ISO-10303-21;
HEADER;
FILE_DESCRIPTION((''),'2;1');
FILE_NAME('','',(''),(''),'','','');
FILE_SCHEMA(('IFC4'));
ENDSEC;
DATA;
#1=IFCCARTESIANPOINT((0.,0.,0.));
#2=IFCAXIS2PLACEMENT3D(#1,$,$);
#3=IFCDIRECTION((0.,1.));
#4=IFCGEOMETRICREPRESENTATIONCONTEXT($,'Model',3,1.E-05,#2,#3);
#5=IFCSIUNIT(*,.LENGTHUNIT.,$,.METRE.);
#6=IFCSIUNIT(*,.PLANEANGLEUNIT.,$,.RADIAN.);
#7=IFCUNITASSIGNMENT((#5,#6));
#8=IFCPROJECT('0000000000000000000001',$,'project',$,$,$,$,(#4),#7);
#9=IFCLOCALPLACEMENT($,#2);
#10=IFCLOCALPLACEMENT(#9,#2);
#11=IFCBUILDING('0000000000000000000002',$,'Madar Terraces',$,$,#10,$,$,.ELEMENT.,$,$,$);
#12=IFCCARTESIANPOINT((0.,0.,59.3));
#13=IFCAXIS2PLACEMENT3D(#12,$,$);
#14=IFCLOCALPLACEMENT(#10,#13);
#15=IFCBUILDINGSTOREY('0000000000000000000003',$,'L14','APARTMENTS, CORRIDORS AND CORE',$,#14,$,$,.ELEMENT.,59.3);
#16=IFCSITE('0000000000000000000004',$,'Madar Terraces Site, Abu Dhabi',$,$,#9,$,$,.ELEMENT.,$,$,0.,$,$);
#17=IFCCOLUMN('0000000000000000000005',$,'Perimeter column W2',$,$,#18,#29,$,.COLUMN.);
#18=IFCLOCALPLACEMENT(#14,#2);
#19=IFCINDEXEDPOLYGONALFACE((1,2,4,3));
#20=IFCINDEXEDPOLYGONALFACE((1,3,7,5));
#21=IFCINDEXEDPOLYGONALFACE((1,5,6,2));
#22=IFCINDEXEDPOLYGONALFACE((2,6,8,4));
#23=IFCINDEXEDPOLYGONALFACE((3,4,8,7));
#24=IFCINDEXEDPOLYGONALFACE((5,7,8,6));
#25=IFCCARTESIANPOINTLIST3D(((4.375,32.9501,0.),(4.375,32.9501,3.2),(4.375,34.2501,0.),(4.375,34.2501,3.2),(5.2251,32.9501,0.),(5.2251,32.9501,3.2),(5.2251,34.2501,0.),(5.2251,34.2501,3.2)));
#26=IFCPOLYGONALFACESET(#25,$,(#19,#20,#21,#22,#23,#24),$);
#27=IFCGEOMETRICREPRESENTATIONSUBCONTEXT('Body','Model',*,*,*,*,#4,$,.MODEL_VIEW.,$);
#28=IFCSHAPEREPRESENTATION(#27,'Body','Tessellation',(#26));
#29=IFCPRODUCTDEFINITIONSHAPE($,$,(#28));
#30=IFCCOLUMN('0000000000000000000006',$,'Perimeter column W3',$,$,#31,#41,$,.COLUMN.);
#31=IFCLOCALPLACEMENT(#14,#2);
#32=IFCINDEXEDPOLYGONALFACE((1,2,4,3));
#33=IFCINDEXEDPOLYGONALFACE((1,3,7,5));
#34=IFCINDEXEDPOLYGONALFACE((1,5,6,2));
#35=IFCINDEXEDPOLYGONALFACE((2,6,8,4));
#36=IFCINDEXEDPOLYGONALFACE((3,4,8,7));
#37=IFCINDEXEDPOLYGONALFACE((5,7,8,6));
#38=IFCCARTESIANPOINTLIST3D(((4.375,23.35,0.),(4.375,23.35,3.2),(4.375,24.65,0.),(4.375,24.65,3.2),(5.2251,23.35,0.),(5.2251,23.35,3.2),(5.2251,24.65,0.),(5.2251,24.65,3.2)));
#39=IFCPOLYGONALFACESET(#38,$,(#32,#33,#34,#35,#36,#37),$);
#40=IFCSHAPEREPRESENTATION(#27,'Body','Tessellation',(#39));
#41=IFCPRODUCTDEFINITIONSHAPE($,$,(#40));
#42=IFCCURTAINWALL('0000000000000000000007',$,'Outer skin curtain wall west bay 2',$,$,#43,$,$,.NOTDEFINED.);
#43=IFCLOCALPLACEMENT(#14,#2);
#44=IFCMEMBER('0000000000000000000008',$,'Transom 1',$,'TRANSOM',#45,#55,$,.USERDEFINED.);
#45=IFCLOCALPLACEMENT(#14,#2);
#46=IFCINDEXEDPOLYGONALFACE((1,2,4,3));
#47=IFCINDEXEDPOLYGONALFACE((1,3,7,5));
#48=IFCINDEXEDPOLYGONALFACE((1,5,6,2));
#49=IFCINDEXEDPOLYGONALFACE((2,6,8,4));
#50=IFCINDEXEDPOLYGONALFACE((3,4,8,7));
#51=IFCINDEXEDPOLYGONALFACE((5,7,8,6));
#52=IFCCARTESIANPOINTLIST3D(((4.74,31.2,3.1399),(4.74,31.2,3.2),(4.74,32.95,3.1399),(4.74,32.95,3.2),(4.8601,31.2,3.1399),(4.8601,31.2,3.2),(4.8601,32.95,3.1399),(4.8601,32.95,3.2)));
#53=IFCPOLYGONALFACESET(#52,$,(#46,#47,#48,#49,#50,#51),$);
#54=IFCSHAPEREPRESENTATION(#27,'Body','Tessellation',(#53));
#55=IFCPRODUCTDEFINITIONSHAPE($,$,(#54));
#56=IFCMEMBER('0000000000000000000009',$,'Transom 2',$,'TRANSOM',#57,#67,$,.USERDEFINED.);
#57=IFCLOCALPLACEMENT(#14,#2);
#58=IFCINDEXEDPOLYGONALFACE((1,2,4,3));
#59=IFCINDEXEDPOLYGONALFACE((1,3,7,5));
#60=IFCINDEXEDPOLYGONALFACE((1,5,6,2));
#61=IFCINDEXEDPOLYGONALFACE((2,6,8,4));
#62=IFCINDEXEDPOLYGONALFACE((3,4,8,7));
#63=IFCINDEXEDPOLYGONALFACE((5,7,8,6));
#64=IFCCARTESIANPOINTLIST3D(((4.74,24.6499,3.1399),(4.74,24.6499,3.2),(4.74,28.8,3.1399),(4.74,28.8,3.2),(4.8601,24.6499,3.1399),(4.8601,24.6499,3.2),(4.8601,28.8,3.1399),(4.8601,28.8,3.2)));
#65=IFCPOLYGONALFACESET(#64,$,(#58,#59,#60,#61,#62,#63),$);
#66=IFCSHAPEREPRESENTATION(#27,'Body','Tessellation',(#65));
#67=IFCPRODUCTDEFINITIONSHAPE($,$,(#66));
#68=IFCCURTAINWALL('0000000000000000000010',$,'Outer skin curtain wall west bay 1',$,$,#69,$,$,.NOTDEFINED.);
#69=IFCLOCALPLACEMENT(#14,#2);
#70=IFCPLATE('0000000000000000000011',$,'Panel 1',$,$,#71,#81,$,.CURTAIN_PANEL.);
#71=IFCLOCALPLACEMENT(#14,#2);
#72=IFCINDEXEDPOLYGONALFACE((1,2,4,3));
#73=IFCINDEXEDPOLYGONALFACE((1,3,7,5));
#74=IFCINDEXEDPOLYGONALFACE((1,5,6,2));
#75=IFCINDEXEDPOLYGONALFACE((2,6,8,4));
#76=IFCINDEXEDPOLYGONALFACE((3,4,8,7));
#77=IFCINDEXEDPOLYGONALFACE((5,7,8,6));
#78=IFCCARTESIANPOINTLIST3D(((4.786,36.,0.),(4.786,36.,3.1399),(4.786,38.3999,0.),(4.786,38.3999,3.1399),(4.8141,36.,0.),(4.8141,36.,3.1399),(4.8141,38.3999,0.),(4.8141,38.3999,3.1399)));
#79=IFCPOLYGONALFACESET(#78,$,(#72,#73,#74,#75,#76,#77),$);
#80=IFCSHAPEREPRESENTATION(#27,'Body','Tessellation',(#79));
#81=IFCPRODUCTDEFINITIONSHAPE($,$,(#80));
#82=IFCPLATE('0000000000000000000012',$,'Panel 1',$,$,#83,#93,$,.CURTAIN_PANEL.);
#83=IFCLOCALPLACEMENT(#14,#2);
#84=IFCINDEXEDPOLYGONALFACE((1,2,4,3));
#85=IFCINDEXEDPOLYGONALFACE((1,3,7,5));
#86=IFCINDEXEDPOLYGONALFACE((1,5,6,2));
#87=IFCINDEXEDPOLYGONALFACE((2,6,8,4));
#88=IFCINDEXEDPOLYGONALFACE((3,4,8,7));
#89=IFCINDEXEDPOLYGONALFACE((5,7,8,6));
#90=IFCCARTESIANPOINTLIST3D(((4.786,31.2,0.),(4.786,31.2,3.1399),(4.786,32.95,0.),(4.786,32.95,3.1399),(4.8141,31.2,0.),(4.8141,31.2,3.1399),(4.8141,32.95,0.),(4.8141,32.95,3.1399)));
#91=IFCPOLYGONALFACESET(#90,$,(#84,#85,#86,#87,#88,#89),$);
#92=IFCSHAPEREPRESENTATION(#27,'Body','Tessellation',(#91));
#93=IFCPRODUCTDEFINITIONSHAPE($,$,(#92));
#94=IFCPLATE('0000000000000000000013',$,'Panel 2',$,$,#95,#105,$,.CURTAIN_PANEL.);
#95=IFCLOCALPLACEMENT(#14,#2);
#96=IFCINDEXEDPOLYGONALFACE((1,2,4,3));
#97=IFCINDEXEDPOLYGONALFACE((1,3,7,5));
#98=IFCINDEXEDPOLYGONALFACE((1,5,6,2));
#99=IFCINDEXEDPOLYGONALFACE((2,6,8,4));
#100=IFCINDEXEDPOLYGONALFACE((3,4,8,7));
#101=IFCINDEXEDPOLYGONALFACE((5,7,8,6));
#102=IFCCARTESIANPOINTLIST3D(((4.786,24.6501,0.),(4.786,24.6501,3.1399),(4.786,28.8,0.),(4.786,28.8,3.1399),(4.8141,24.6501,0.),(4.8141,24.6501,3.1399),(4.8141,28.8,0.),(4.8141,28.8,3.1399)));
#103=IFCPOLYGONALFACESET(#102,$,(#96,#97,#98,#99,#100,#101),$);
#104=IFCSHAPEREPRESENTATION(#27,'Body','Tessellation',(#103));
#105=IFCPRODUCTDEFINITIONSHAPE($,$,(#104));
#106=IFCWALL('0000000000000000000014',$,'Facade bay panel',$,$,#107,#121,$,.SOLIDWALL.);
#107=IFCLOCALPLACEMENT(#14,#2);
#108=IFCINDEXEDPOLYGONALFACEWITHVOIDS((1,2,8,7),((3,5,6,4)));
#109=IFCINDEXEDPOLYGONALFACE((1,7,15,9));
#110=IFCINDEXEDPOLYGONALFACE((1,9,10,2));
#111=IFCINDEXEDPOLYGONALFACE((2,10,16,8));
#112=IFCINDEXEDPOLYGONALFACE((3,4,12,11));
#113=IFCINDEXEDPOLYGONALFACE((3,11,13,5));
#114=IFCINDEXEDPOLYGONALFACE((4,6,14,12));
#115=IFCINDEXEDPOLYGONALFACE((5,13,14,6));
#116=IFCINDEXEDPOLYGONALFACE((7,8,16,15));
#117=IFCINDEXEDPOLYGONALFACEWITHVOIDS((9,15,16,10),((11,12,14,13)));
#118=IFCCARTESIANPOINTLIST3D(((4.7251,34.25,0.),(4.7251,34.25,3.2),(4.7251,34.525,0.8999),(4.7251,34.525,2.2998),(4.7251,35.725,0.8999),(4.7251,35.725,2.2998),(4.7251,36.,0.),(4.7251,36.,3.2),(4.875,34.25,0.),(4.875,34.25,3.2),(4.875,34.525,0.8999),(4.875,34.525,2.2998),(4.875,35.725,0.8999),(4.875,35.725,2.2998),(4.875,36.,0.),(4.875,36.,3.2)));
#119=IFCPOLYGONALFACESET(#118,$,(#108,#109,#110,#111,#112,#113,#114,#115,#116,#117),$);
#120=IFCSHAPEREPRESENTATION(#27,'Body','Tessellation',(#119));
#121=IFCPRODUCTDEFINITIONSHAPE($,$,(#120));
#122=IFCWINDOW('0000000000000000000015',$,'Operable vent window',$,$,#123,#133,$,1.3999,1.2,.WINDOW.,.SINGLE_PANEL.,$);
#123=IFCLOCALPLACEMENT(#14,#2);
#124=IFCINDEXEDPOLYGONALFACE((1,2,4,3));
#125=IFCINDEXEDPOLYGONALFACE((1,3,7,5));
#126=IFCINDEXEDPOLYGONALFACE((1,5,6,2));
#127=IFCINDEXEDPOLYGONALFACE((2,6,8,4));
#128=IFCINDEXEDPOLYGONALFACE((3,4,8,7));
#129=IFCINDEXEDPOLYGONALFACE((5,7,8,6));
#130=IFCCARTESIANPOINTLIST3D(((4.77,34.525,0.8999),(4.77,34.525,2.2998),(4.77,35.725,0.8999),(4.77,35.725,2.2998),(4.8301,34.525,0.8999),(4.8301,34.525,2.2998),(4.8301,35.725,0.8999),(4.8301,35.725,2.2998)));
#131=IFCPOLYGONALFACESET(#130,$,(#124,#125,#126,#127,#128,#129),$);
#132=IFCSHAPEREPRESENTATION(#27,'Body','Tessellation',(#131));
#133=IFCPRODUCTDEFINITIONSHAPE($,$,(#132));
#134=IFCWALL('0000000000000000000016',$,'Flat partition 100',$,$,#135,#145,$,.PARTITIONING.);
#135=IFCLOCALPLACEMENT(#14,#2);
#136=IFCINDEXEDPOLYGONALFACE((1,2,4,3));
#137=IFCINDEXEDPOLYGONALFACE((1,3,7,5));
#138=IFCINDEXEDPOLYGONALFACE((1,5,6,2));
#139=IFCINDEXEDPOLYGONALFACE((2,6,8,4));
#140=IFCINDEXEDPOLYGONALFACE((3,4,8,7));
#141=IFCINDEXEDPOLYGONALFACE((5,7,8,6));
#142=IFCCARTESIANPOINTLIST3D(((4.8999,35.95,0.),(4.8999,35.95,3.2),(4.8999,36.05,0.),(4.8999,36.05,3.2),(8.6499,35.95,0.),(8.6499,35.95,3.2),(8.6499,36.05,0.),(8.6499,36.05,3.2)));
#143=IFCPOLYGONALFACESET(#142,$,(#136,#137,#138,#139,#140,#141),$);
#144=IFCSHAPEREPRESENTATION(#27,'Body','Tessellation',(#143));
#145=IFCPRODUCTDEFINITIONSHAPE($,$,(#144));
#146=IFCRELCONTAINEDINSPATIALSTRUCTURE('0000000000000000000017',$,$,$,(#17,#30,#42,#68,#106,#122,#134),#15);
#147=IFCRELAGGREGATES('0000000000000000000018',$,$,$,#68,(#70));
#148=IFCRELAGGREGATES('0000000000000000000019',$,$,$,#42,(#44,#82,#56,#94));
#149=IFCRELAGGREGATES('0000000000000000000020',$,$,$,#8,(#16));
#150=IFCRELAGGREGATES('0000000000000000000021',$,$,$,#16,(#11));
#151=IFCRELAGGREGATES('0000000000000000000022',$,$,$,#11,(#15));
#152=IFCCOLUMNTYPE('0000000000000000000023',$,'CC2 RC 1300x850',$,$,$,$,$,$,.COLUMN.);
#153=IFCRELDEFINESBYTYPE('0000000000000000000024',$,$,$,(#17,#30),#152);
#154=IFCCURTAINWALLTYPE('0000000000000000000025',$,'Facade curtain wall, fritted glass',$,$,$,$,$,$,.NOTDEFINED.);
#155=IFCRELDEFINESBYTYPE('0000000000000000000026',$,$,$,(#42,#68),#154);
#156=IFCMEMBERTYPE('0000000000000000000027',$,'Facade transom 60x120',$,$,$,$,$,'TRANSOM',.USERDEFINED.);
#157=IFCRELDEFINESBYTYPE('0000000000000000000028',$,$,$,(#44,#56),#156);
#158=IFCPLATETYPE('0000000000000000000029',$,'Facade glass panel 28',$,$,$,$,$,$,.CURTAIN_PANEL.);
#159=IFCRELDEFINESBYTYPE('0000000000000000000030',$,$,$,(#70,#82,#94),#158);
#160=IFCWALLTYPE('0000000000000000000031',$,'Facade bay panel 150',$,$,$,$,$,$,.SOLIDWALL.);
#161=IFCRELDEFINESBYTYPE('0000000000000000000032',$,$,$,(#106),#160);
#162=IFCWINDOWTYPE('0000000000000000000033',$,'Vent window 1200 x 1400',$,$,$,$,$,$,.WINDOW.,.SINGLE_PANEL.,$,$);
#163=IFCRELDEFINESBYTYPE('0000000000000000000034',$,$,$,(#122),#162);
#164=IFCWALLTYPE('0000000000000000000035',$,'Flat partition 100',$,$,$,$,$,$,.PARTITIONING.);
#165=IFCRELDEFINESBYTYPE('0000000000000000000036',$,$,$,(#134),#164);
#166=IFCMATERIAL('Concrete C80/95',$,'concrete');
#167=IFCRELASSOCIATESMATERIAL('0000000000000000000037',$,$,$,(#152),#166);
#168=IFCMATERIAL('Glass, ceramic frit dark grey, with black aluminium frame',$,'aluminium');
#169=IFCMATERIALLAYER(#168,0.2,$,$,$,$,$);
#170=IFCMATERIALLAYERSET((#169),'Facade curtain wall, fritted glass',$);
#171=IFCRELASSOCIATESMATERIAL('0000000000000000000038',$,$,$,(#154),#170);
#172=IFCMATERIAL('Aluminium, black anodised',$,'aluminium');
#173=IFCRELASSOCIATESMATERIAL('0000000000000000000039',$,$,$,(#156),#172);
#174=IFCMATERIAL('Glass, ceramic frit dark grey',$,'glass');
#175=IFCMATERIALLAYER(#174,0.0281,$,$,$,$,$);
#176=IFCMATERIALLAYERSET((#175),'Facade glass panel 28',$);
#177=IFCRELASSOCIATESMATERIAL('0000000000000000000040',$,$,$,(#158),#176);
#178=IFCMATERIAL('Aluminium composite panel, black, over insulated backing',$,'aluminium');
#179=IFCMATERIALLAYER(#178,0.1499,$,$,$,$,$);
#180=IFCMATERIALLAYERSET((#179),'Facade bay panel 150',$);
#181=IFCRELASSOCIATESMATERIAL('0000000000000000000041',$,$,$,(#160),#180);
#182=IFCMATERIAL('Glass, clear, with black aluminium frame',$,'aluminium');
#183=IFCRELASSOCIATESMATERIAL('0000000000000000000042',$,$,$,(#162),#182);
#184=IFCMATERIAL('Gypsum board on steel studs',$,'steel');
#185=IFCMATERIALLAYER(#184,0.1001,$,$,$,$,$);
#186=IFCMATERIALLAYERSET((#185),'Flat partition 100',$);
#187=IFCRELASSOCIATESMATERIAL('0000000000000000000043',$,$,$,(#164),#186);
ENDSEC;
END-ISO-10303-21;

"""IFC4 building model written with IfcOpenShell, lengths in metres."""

from ifc_helpers import new_model, si_unit, direction, frame, frame_2d, origin, origin_2d, place, context, subcontext, project, spatial, rectangle, extrude, material, layer, layer_set, material_profile, profile_set, type_object, element, fill, aggregate, save


model = new_model("IFC4")

# Units and contexts
model_context = context("Model", 3, precision=1e-05, world=origin(), true_north=direction((0.0, 1.0)))
body_context = subcontext(model_context, "Body", "Model", "MODEL_VIEW")
ifc_project = project(units=[si_unit("LENGTHUNIT", "METRE"), si_unit("PLANEANGLEUNIT", "RADIAN")], contexts=[model_context])

# Site, building, storey
site_placement = place(None, origin())
site = spatial("IfcSite", under=ifc_project, at=site_placement, Name="Madar Terraces Site, Abu Dhabi", CompositionType="ELEMENT", RefElevation=0.0)
building_placement = place(site_placement, origin())
building = spatial("IfcBuilding", under=site, at=building_placement, Name="Madar Terraces", CompositionType="ELEMENT")
storey_placement = place(building_placement, frame((0.0, 0.0, 59.3)))
storey = spatial("IfcBuildingStorey", under=building, at=storey_placement, Name="L14", Description="APARTMENTS, CORRIDORS AND CORE", CompositionType="ELEMENT", Elevation=59.3)

# Columns
ifc_material_1 = material(Name="Concrete C80/95", Category="concrete")
ifc_material_profile_1 = material_profile(ifc_material_1, rectangle(XDim=1.3, YDim=0.8501, at=origin_2d()), Name="CC2 RC 1300x850")
ifc_profile_set_1 = profile_set([ifc_material_profile_1], Name="Concrete C80/95")
column_type = type_object("IfcColumnType", Name="CC2 RC 1300x850", PredefinedType="COLUMN", material=ifc_profile_set_1)
for number, where, z_axis, x_axis, name in (
    (1, (4.8, 33.6001, 0.0), (0.0, 0.0, 1.0), (0.0, 1.0, 0.0), "Perimeter column W2"),
    (2, (4.8, 24.0, 0.0), (0.0, 0.0, 1.0), (0.0, 1.0, 0.0), "Perimeter column W3"),
):
    element("IfcColumn", number, at=place(storey_placement, frame(where, z_axis=z_axis, x_axis=x_axis)), inside=storey, type_object=column_type, Name=name, PredefinedType="COLUMN", context=body_context, shape_type="SweptSolid", body=[
        extrude(rectangle(XDim=1.3, YDim=0.8501, at=origin_2d()), origin(), (0.0, 0.0, 1.0), 3.2),
    ])

# Curtain wall, members
ifc_material_2 = material(Name="Glass, ceramic frit dark grey, with black aluminium frame", Category="aluminium")
ifc_layer_1 = layer(ifc_material_2, 0.2)
ifc_layer_set_1 = layer_set([ifc_layer_1], Name="Facade curtain wall, fritted glass")
curtain_wall_type = type_object("IfcCurtainWallType", Name="Facade curtain wall, fritted glass", PredefinedType="NOTDEFINED", material=ifc_layer_set_1)
curtain_wall_1_placement = place(storey_placement, origin())
curtain_wall_1 = element("IfcCurtainWall", 3, at=curtain_wall_1_placement, inside=storey, type_object=curtain_wall_type, Name="Outer skin curtain wall west bay 2", PredefinedType="NOTDEFINED")
ifc_material_3 = material(Name="Aluminium, black anodised", Category="aluminium")
ifc_material_profile_2 = material_profile(ifc_material_3, rectangle(XDim=0.1201, YDim=0.0601, at=origin_2d()), Name="Facade transom 60x120")
ifc_profile_set_2 = profile_set([ifc_material_profile_2], Name="Aluminium, black anodised")
member_type = type_object("IfcMemberType", Name="Facade transom 60x120", ElementType="TRANSOM", PredefinedType="USERDEFINED", material=ifc_profile_set_2)
member_1_placement = place(storey_placement, frame((4.8, 32.95, 3.1699), z_axis=(0.0, -1.0, 0.0), x_axis=(1.0, 0.0, 0.0)))
member_1 = element("IfcMember", 4, at=member_1_placement, type_object=member_type, Name="Transom 1", ObjectType="TRANSOM", PredefinedType="USERDEFINED", context=body_context, shape_type="SweptSolid", body=[
    extrude(rectangle(XDim=0.1201, YDim=0.0601, at=origin_2d()), origin(), (0.0, 0.0, 1.0), 1.75),
])
member_2_placement = place(storey_placement, frame((4.8, 28.8, 3.1699), z_axis=(0.0, -1.0, 0.0), x_axis=(1.0, 0.0, 0.0)))
member_2 = element("IfcMember", 5, at=member_2_placement, type_object=member_type, Name="Transom 2", ObjectType="TRANSOM", PredefinedType="USERDEFINED", context=body_context, shape_type="SweptSolid", body=[
    extrude(rectangle(XDim=0.1201, YDim=0.0601, at=origin_2d()), origin(), (0.0, 0.0, 1.0), 4.1501),
])

# Curtain wall, plate
curtain_wall_2_placement = place(storey_placement, origin())
curtain_wall_2 = element("IfcCurtainWall", 6, at=curtain_wall_2_placement, inside=storey, type_object=curtain_wall_type, Name="Outer skin curtain wall west bay 1", PredefinedType="NOTDEFINED")
ifc_material_4 = material(Name="Glass, ceramic frit dark grey", Category="glass")
ifc_layer_2 = layer(ifc_material_4, 0.0281)
ifc_layer_set_2 = layer_set([ifc_layer_2], Name="Facade glass panel 28")
plate_type = type_object("IfcPlateType", Name="Facade glass panel 28", PredefinedType="CURTAIN_PANEL", material=ifc_layer_set_2)
plate_1_placement = place(storey_placement, frame((4.8, 37.2, 0.0), z_axis=(0.0, 0.0, 1.0), x_axis=(0.0, -1.0, 0.0)))
plate_1 = element("IfcPlate", 7, at=plate_1_placement, type_object=plate_type, Name="Panel 1", PredefinedType="CURTAIN_PANEL", context=body_context, shape_type="SweptSolid", body=[
    extrude(rectangle(XDim=2.3999, YDim=0.0281, at=origin_2d()), origin(), (0.0, 0.0, 1.0), 3.1399),
])
aggregate(curtain_wall_2, [plate_1])

# Plates
plate_2_placement = place(storey_placement, frame((4.8, 32.075, 0.0), z_axis=(0.0, 0.0, 1.0), x_axis=(0.0, -1.0, 0.0)))
plate_2 = element("IfcPlate", 8, at=plate_2_placement, type_object=plate_type, Name="Panel 1", PredefinedType="CURTAIN_PANEL", context=body_context, shape_type="SweptSolid", body=[
    extrude(rectangle(XDim=1.75, YDim=0.0281, at=origin_2d()), origin(), (0.0, 0.0, 1.0), 3.1399),
])
plate_3_placement = place(storey_placement, frame((4.8, 26.7251, 0.0), z_axis=(0.0, 0.0, 1.0), x_axis=(0.0, -1.0, 0.0)))
plate_3 = element("IfcPlate", 9, at=plate_3_placement, type_object=plate_type, Name="Panel 2", PredefinedType="CURTAIN_PANEL", context=body_context, shape_type="SweptSolid", body=[
    extrude(rectangle(XDim=4.1499, YDim=0.0281, at=origin_2d()), origin(), (0.0, 0.0, 1.0), 3.1399),
])
aggregate(curtain_wall_1, [member_1, plate_2, member_2, plate_3])

# Wall, opening, window
ifc_material_5 = material(Name="Aluminium composite panel, black, over insulated backing", Category="aluminium")
ifc_layer_3 = layer(ifc_material_5, 0.1499)
ifc_layer_set_3 = layer_set([ifc_layer_3], Name="Facade bay panel 150")
wall_type_1 = type_object("IfcWallType", Name="Facade bay panel 150", PredefinedType="SOLIDWALL", material=ifc_layer_set_3)
wall_1_placement = place(storey_placement, frame((4.8, 36.0, 0.0), z_axis=(0.0, 0.0, 1.0), x_axis=(0.0, -1.0, 0.0)))
wall_1 = element("IfcWall", 10, at=wall_1_placement, inside=storey, type_object=wall_type_1, Name="Facade bay panel", PredefinedType="SOLIDWALL", context=body_context, shape_type="SweptSolid", body=[
    extrude(rectangle(XDim=1.75, YDim=0.1499, at=frame_2d((0.875, 0.0))), origin(), (0.0, 0.0, 1.0), 3.2),
])
opening_1_placement = place(wall_1_placement, frame((0.2749, 0.0, 0.8999)))
opening_1 = element("IfcOpeningElement", 11, at=opening_1_placement, cuts=wall_1, PredefinedType="OPENING", context=body_context, shape_type="SweptSolid", body=[
    extrude(rectangle(XDim=1.2, YDim=1.3999, at=frame_2d((0.6001, 0.7))), frame((0.0, 0.085, 0.0), z_axis=(0.0, -1.0, 0.0), x_axis=(1.0, 0.0, 0.0)), (0.0, 0.0, 1.0), 0.1699),
])
ifc_material_6 = material(Name="Glass, clear, with black aluminium frame", Category="aluminium")
window_type = type_object("IfcWindowType", Name="Vent window 1200 x 1400", PartitioningType="SINGLE_PANEL", PredefinedType="WINDOW", material=ifc_material_6)
window_placement = place(opening_1_placement, origin())
window = element("IfcWindow", 12, at=window_placement, inside=storey, type_object=window_type, Name="Operable vent window", OverallHeight=1.3999, OverallWidth=1.2, PartitioningType="SINGLE_PANEL", PredefinedType="WINDOW", context=body_context, shape_type="SweptSolid", body=[
    extrude(rectangle(XDim=1.2, YDim=1.3999, at=frame_2d((0.6001, 0.7))), frame((0.0, 0.03, 0.0), z_axis=(0.0, -1.0, 0.0), x_axis=(1.0, 0.0, 0.0)), (0.0, 0.0, 1.0), 0.0601),
])
fill(opening_1, window)

# Wall
ifc_material_7 = material(Name="Gypsum board on steel studs", Category="steel")
ifc_layer_4 = layer(ifc_material_7, 0.1001)
ifc_layer_set_4 = layer_set([ifc_layer_4], Name="Flat partition 100")
wall_type_2 = type_object("IfcWallType", Name="Flat partition 100", PredefinedType="PARTITIONING", material=ifc_layer_set_4)
wall_2_placement = place(storey_placement, frame((8.6499, 36.0, 0.0), z_axis=(0.0, 0.0, 1.0), x_axis=(-1.0, 0.0, 0.0)))
element("IfcWall", 13, at=wall_2_placement, inside=storey, type_object=wall_type_2, Name="Flat partition 100", PredefinedType="PARTITIONING", context=body_context, shape_type="SweptSolid", body=[
    extrude(rectangle(XDim=3.75, YDim=0.1001, at=frame_2d((1.875, 0.0))), origin(), (0.0, 0.0, 1.0), 3.2),
])

save(model, "model.ifc")
